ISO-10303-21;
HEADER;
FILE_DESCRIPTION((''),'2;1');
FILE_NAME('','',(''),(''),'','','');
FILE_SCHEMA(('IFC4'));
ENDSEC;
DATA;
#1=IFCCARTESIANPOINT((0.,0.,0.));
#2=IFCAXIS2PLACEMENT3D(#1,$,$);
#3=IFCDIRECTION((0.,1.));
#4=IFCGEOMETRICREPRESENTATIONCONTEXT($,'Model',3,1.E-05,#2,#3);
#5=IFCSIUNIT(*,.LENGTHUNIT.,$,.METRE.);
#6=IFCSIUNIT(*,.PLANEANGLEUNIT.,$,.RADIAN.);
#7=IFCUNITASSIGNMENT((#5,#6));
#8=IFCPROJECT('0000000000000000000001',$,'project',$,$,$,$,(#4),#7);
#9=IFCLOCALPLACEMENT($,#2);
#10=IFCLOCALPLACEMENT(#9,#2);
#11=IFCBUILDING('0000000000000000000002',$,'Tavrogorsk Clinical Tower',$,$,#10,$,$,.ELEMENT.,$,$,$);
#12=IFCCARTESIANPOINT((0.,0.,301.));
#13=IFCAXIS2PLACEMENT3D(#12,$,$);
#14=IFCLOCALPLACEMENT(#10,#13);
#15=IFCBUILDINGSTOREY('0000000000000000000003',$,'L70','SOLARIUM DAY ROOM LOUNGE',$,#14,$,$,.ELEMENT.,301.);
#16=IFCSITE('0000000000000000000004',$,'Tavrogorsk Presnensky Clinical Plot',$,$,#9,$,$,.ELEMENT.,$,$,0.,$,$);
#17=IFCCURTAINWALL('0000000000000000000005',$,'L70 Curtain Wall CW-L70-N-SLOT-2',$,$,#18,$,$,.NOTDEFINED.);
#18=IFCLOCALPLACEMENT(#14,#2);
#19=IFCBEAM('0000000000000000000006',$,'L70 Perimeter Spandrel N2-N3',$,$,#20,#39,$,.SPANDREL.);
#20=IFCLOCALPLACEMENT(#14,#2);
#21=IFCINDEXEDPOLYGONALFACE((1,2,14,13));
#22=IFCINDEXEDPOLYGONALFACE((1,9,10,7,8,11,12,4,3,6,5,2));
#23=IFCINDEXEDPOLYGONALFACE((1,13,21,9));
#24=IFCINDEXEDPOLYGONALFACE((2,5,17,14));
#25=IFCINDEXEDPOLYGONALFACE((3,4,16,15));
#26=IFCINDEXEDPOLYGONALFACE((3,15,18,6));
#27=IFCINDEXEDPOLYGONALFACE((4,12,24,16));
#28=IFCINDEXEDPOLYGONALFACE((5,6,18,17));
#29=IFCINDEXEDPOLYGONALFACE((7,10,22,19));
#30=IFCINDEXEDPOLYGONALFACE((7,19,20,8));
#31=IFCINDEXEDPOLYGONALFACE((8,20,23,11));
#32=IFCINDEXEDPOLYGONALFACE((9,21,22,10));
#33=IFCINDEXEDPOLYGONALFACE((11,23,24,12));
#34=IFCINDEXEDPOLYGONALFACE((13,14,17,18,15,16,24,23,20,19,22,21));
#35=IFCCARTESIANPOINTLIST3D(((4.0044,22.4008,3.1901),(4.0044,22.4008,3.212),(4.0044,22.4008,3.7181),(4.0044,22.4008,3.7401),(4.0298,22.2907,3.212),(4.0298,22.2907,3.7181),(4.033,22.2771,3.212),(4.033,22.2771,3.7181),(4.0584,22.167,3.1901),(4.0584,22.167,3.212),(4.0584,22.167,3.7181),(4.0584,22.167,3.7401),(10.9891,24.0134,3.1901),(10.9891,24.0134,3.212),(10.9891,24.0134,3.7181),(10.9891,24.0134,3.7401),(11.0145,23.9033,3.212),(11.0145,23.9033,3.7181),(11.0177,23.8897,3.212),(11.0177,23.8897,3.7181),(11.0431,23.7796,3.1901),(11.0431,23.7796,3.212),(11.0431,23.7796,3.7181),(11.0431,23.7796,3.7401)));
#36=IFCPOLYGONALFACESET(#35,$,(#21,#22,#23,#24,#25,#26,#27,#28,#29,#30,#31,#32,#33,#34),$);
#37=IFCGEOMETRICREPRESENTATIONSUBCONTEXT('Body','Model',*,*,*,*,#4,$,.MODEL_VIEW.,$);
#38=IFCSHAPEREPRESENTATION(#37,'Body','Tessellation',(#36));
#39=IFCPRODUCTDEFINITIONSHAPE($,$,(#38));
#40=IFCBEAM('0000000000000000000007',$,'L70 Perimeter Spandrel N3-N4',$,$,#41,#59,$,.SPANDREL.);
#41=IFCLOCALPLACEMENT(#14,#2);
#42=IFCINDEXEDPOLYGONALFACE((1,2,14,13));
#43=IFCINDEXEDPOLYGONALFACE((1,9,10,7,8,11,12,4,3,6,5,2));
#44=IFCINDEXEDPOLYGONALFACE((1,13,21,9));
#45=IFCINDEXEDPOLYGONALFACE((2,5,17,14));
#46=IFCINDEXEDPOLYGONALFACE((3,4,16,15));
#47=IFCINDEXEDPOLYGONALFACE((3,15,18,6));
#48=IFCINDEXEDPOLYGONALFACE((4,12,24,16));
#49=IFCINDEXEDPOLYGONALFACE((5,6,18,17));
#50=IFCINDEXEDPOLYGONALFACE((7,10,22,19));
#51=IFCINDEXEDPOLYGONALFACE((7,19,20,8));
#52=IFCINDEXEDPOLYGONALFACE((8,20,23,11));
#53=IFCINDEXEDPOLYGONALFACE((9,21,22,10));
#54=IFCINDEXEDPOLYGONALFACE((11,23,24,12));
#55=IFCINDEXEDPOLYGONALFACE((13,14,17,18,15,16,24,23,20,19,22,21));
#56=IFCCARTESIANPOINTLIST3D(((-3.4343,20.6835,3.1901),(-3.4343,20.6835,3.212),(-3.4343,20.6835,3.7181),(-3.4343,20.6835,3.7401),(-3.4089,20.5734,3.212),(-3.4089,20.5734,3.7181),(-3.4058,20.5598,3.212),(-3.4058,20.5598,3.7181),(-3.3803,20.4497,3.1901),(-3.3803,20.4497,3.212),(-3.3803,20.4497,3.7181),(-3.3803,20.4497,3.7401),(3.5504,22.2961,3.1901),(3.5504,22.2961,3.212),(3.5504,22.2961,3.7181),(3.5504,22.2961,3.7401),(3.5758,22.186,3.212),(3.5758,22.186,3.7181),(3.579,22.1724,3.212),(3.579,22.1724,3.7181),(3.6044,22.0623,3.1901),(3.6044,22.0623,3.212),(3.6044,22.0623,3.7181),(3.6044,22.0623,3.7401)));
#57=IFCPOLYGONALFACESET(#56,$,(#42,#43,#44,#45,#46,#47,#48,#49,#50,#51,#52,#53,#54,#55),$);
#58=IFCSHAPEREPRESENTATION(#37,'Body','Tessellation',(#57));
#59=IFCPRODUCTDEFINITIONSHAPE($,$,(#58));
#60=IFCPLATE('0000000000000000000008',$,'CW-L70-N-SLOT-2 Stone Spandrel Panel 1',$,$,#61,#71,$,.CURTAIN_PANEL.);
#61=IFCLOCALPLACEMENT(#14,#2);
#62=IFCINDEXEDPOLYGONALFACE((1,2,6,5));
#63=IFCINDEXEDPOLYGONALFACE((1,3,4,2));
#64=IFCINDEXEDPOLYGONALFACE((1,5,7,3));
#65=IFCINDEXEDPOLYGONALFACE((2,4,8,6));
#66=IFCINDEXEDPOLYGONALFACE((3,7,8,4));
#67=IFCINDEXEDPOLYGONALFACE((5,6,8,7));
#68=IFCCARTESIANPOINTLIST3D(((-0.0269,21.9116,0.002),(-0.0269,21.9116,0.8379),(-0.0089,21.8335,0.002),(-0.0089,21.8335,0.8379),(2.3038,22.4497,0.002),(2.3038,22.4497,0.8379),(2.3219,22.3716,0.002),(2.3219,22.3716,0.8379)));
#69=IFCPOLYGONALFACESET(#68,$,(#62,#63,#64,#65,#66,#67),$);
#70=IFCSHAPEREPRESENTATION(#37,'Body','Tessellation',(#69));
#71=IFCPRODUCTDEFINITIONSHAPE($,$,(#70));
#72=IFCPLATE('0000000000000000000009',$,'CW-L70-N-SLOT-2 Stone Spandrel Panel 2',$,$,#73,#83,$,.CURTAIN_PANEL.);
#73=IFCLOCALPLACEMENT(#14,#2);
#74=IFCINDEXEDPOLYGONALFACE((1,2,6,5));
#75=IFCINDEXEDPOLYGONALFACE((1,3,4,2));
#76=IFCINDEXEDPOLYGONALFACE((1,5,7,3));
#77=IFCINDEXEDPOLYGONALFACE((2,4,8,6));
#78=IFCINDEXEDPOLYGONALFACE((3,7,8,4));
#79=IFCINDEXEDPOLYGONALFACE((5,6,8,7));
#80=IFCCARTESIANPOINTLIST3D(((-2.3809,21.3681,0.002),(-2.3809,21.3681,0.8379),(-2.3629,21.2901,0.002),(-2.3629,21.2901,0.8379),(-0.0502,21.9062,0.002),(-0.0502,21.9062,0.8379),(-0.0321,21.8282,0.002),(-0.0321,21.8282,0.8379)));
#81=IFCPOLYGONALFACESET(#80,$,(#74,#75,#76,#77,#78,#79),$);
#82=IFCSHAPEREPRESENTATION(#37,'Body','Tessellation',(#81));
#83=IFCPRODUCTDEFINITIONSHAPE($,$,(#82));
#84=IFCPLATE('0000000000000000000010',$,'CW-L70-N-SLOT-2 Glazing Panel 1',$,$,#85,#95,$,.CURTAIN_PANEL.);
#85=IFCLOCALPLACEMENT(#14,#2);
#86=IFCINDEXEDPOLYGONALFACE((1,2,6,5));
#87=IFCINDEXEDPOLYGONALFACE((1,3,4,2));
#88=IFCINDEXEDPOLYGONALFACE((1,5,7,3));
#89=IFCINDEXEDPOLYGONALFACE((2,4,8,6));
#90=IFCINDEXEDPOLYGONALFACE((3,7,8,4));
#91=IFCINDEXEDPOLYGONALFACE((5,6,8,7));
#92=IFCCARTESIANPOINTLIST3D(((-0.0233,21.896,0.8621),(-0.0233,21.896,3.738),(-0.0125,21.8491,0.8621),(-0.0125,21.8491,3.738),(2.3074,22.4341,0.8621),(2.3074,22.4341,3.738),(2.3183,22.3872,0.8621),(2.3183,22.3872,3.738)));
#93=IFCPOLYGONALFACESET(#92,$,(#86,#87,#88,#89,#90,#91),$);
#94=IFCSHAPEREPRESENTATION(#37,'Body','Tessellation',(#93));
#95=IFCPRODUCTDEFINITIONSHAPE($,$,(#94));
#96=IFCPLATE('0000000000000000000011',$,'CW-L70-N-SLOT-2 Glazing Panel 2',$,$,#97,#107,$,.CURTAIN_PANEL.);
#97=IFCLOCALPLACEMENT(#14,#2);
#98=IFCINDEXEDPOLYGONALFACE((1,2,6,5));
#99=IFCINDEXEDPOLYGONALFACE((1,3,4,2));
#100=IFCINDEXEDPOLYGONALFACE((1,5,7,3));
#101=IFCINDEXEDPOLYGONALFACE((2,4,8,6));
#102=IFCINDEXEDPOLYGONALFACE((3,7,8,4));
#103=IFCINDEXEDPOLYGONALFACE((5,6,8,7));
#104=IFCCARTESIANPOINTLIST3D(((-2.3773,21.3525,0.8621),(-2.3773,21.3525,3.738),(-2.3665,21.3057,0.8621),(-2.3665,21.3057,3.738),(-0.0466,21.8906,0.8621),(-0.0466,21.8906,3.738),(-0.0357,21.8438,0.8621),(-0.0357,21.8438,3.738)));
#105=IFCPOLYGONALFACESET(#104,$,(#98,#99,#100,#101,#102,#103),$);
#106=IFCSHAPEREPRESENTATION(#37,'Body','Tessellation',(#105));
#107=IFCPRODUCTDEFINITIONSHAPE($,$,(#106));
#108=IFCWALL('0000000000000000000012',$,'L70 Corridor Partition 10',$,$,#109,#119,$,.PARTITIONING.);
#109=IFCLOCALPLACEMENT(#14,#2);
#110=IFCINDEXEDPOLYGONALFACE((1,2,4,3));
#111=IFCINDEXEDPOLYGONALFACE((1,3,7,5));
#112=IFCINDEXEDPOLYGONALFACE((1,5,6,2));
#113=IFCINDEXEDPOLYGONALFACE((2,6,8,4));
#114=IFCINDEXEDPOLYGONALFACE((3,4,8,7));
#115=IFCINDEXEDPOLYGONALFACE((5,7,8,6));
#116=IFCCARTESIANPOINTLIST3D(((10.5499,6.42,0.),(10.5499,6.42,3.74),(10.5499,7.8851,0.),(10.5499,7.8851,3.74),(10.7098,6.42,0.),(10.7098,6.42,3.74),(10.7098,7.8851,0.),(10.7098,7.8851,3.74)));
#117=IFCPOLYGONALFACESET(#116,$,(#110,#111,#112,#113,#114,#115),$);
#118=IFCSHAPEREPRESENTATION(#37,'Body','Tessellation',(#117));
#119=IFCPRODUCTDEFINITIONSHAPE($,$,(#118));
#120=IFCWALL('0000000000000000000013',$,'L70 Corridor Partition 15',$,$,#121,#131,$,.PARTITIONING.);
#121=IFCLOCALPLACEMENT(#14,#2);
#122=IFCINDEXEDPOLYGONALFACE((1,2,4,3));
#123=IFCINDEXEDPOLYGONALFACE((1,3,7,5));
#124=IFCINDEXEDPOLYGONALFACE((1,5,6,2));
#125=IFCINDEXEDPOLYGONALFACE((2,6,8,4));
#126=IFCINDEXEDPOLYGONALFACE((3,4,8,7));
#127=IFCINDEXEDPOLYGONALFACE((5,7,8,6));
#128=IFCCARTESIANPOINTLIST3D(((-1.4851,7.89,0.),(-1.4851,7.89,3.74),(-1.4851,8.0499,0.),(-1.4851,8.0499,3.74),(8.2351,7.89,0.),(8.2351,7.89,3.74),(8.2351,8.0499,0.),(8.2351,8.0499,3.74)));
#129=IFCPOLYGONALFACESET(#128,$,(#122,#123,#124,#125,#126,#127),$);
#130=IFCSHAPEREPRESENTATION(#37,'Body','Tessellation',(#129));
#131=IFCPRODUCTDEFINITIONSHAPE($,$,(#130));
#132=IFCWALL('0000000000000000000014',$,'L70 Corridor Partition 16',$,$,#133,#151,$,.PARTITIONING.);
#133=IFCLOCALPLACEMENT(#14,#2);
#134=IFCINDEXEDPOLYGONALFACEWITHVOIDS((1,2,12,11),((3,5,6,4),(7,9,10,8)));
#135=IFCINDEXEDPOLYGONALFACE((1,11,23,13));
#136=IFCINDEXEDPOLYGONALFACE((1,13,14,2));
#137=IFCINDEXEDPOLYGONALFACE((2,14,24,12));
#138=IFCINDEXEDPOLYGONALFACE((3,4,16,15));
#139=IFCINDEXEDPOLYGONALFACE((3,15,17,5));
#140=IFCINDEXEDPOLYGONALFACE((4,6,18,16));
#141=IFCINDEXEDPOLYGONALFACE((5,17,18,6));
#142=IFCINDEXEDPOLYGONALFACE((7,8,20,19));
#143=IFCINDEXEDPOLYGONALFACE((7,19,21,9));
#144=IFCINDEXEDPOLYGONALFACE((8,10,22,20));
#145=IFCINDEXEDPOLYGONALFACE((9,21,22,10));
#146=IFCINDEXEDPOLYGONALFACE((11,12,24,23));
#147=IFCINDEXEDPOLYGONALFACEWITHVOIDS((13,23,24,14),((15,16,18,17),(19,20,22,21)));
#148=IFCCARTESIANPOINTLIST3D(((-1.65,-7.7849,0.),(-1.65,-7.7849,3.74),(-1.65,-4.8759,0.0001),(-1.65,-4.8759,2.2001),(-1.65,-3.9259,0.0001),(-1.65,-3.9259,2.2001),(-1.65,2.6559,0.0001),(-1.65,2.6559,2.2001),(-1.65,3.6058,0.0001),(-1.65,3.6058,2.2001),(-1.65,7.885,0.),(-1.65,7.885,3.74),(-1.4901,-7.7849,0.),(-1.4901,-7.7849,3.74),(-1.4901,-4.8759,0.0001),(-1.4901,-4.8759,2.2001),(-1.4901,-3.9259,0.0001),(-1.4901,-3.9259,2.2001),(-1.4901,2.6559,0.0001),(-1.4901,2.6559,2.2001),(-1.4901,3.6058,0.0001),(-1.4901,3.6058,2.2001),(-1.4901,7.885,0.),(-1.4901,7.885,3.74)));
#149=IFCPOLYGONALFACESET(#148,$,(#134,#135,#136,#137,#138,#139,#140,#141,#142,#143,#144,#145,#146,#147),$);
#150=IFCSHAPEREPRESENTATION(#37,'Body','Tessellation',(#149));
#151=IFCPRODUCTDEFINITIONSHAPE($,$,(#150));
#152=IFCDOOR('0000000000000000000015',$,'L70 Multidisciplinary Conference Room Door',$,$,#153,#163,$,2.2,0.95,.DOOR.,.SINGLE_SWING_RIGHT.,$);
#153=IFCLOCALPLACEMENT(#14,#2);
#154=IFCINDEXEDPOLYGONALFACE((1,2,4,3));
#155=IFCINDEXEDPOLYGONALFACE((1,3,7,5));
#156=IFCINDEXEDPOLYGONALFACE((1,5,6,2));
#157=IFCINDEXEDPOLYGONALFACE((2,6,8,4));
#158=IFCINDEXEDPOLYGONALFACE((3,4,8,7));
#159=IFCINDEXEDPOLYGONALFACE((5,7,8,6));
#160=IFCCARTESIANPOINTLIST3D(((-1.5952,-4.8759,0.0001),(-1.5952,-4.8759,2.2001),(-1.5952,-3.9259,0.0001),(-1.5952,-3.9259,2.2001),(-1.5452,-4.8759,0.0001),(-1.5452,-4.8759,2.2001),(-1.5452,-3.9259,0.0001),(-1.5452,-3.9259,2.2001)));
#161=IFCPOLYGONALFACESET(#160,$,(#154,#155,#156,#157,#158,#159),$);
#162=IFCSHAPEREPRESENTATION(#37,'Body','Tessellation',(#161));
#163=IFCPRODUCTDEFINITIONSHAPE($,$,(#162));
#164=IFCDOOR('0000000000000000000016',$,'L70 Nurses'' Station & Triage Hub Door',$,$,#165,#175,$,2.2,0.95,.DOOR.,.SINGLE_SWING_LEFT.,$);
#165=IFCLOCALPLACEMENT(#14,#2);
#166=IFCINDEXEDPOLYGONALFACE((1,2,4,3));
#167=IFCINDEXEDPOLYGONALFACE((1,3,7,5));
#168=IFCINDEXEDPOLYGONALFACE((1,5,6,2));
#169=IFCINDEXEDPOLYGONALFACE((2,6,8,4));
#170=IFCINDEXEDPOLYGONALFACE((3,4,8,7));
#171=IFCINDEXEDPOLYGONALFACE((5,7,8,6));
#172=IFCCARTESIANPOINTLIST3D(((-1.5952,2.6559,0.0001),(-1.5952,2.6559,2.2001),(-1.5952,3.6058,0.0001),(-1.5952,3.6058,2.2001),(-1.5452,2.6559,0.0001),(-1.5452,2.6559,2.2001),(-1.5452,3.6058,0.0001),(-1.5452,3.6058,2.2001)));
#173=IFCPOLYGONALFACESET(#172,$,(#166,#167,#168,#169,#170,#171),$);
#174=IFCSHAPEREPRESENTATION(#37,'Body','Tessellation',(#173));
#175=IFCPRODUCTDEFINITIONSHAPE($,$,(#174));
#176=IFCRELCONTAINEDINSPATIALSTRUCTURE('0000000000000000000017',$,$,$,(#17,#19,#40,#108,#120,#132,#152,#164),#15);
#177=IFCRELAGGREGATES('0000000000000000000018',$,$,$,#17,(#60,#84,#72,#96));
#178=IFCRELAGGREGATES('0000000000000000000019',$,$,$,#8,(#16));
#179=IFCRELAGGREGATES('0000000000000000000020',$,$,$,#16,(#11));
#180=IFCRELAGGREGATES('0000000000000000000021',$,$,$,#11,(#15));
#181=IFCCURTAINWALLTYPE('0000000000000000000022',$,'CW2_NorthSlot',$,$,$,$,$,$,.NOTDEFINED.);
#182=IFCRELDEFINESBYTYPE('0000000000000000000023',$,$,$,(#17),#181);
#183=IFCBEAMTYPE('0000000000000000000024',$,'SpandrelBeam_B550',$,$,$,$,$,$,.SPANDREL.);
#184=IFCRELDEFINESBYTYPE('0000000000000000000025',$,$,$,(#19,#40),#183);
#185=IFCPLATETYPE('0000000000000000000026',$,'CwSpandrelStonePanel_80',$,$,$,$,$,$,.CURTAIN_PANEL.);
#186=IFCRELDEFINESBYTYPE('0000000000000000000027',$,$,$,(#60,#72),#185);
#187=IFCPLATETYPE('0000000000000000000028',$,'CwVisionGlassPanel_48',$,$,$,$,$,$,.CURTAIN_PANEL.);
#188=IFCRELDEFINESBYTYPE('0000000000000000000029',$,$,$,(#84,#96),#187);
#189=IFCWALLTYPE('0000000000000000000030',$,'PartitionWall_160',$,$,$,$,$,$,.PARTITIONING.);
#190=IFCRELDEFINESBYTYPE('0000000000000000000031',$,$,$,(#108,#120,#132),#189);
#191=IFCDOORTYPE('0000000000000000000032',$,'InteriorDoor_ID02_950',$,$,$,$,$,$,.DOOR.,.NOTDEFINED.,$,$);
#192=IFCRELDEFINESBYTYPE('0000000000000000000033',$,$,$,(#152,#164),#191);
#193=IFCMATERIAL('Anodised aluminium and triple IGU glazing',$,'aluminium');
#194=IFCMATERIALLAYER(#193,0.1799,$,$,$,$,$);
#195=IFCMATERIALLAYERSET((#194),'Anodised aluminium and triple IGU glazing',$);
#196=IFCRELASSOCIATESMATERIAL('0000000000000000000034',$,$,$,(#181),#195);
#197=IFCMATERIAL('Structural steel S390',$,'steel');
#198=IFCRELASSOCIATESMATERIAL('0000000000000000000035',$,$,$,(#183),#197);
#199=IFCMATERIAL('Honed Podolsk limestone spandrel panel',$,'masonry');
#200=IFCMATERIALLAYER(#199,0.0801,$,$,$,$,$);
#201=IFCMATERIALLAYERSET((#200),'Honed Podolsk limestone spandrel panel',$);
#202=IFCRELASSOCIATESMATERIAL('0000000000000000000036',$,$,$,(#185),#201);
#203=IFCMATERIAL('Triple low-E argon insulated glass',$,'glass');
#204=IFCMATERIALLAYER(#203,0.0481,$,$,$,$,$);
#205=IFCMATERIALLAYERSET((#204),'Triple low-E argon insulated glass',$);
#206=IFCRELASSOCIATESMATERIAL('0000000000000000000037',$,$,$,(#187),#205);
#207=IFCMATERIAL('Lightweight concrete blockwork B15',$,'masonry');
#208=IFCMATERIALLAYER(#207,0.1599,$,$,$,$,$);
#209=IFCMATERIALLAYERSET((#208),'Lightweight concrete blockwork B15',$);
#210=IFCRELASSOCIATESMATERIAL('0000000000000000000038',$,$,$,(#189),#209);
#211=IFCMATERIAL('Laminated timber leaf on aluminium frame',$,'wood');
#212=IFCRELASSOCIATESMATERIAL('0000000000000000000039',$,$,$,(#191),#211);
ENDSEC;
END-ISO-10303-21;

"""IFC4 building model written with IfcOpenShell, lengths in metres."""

from ifc_helpers import new_model, si_unit, direction, frame, frame_2d, origin, origin_2d, place, context, subcontext, project, spatial, rectangle, i_section, extrude, material, layer, layer_set, material_profile, profile_set, type_object, element, fill, aggregate, save


model = new_model("IFC4")

# Units and contexts
model_context = context("Model", 3, precision=1e-05, world=origin(), true_north=direction((0.0, 1.0)))
body_context = subcontext(model_context, "Body", "Model", "MODEL_VIEW")
ifc_project = project(units=[si_unit("LENGTHUNIT", "METRE"), si_unit("PLANEANGLEUNIT", "RADIAN")], contexts=[model_context])

# Site, building, storey
site_placement = place(None, origin())
site = spatial("IfcSite", under=ifc_project, at=site_placement, Name="Tavrogorsk Presnensky Clinical Plot", CompositionType="ELEMENT", RefElevation=0.0)
building_placement = place(site_placement, origin())
building = spatial("IfcBuilding", under=site, at=building_placement, Name="Tavrogorsk Clinical Tower", CompositionType="ELEMENT")
storey_placement = place(building_placement, frame((0.0, 0.0, 301.0)))
storey = spatial("IfcBuildingStorey", under=building, at=storey_placement, Name="L70", Description="SOLARIUM DAY ROOM LOUNGE", CompositionType="ELEMENT", Elevation=301.0)

# Curtain wall
ifc_material_1 = material(Name="Anodised aluminium and triple IGU glazing", Category="aluminium")
ifc_layer_1 = layer(ifc_material_1, 0.1799)
ifc_layer_set_1 = layer_set([ifc_layer_1], Name="Anodised aluminium and triple IGU glazing")
curtain_wall_type = type_object("IfcCurtainWallType", Name="CW2_NorthSlot", PredefinedType="NOTDEFINED", material=ifc_layer_set_1)
curtain_wall_placement = place(storey_placement, origin())
curtain_wall = element("IfcCurtainWall", 1, at=curtain_wall_placement, inside=storey, type_object=curtain_wall_type, Name="L70 Curtain Wall CW-L70-N-SLOT-2", PredefinedType="NOTDEFINED")

# Beams
ifc_material_2 = material(Name="Structural steel S390", Category="steel")
ifc_material_profile_1 = material_profile(ifc_material_2, i_section(OverallWidth=0.24, OverallDepth=0.55, WebThickness=0.0139, FlangeThickness=0.022, at=origin_2d()), Name="B-550x240x14x22")
ifc_profile_set_1 = profile_set([ifc_material_profile_1], Name="Structural steel S390")
beam_type_1 = type_object("IfcBeamType", Name="SpandrelBeam_B550", PredefinedType="SPANDREL", material=ifc_profile_set_1)
for number, where, z_axis, x_axis, name in (
    (2, (11.0161, 23.8965, 3.4651), (-0.974369, -0.224954, 0.0), (0.224954, -0.974369, 0.0), "L70 Perimeter Spandrel N2-N3"),
    (3, (3.5774, 22.1792, 3.4651), (-0.974369, -0.224954, 0.0), (0.224954, -0.974369, 0.0), "L70 Perimeter Spandrel N3-N4"),
):
    element("IfcBeam", number, at=place(storey_placement, frame(where, z_axis=z_axis, x_axis=x_axis)), inside=storey, type_object=beam_type_1, Name=name, PredefinedType="SPANDREL", context=body_context, shape_type="SweptSolid", body=[
        extrude(i_section(OverallWidth=0.24, OverallDepth=0.55, WebThickness=0.0139, FlangeThickness=0.022, at=origin_2d()), origin(), (0.0, 0.0, 1.0), 7.1685),
    ])

# Plates
ifc_material_3 = material(Name="Honed Podolsk limestone spandrel panel", Category="masonry")
ifc_layer_2 = layer(ifc_material_3, 0.0801)
ifc_layer_set_2 = layer_set([ifc_layer_2], Name="Honed Podolsk limestone spandrel panel")
plate_type_1 = type_object("IfcPlateType", Name="CwSpandrelStonePanel_80", PredefinedType="CURTAIN_PANEL", material=ifc_layer_set_2)
plate_1_placement = place(storey_placement, frame((1.1475, 22.1416, 0.002), z_axis=(0.0, 0.0, 1.0), x_axis=(-0.97437, -0.224951, 0.0)))
plate_1 = element("IfcPlate", 4, at=plate_1_placement, type_object=plate_type_1, Name="CW-L70-N-SLOT-2 Stone Spandrel Panel 1", PredefinedType="CURTAIN_PANEL", context=body_context, shape_type="SweptSolid", body=[
    extrude(rectangle(XDim=2.3921, YDim=0.0801, at=origin_2d()), origin(), (0.0, 0.0, 1.0), 0.8359),
])
plate_2_placement = place(storey_placement, frame((-1.2065, 21.5981, 0.002), z_axis=(0.0, 0.0, 1.0), x_axis=(-0.97437, -0.224951, 0.0)))
plate_2 = element("IfcPlate", 5, at=plate_2_placement, type_object=plate_type_1, Name="CW-L70-N-SLOT-2 Stone Spandrel Panel 2", PredefinedType="CURTAIN_PANEL", context=body_context, shape_type="SweptSolid", body=[
    extrude(rectangle(XDim=2.3921, YDim=0.0801, at=origin_2d()), origin(), (0.0, 0.0, 1.0), 0.8359),
])
ifc_material_4 = material(Name="Triple low-E argon insulated glass", Category="glass")
ifc_layer_3 = layer(ifc_material_4, 0.0481)
ifc_layer_set_3 = layer_set([ifc_layer_3], Name="Triple low-E argon insulated glass")
plate_type_2 = type_object("IfcPlateType", Name="CwVisionGlassPanel_48", PredefinedType="CURTAIN_PANEL", material=ifc_layer_set_3)
plate_3_placement = place(storey_placement, frame((1.1475, 22.1416, 0.8621), z_axis=(0.0, 0.0, 1.0), x_axis=(-0.97437, -0.224951, 0.0)))
plate_3 = element("IfcPlate", 6, at=plate_3_placement, type_object=plate_type_2, Name="CW-L70-N-SLOT-2 Glazing Panel 1", PredefinedType="CURTAIN_PANEL", context=body_context, shape_type="SweptSolid", body=[
    extrude(rectangle(XDim=2.3921, YDim=0.0481, at=origin_2d()), origin(), (0.0, 0.0, 1.0), 2.876),
])
plate_4_placement = place(storey_placement, frame((-1.2065, 21.5981, 0.8621), z_axis=(0.0, 0.0, 1.0), x_axis=(-0.97437, -0.224951, 0.0)))
plate_4 = element("IfcPlate", 7, at=plate_4_placement, type_object=plate_type_2, Name="CW-L70-N-SLOT-2 Glazing Panel 2", PredefinedType="CURTAIN_PANEL", context=body_context, shape_type="SweptSolid", body=[
    extrude(rectangle(XDim=2.3921, YDim=0.0481, at=origin_2d()), origin(), (0.0, 0.0, 1.0), 2.876),
])
aggregate(curtain_wall, [plate_1, plate_3, plate_2, plate_4])

# Walls
ifc_material_5 = material(Name="Lightweight concrete blockwork B15", Category="masonry")
ifc_layer_4 = layer(ifc_material_5, 0.1599)
ifc_layer_set_4 = layer_set([ifc_layer_4], Name="Lightweight concrete blockwork B15")
wall_type = type_object("IfcWallType", Name="PartitionWall_160", PredefinedType="PARTITIONING", material=ifc_layer_set_4)
wall_1_placement = place(storey_placement, frame((10.6299, 7.885, 0.0), z_axis=(0.0, 0.0, 1.0), x_axis=(0.0, -1.0, 0.0)))
element("IfcWall", 8, at=wall_1_placement, inside=storey, type_object=wall_type, Name="L70 Corridor Partition 10", PredefinedType="PARTITIONING", context=body_context, shape_type="SweptSolid", body=[
    extrude(rectangle(XDim=1.4651, YDim=0.1599, at=frame_2d((0.7324, 0.0))), origin(), (0.0, 0.0, 1.0), 3.74),
])
wall_2_placement = place(storey_placement, frame((8.2351, 7.97, 0.0), z_axis=(0.0, 0.0, 1.0), x_axis=(-1.0, 0.0, 0.0)))
element("IfcWall", 9, at=wall_2_placement, inside=storey, type_object=wall_type, Name="L70 Corridor Partition 15", PredefinedType="PARTITIONING", context=body_context, shape_type="SweptSolid", body=[
    extrude(rectangle(XDim=9.7202, YDim=0.1599, at=frame_2d((4.8601, 0.0))), origin(), (0.0, 0.0, 1.0), 3.74),
])

# Wall, openings, doors
wall_3_placement = place(storey_placement, frame((-1.5701, 7.885, 0.0), z_axis=(0.0, 0.0, 1.0), x_axis=(0.0, -1.0, 0.0)))
wall_3 = element("IfcWall", 10, at=wall_3_placement, inside=storey, type_object=wall_type, Name="L70 Corridor Partition 16", PredefinedType="PARTITIONING", context=body_context, shape_type="SweptSolid", body=[
    extrude(rectangle(XDim=15.6699, YDim=0.1599, at=frame_2d((7.835, 0.0))), origin(), (0.0, 0.0, 1.0), 3.74),
])
opening_1_placement = place(wall_3_placement, frame((11.8108, 0.0, 0.0)))
opening_1 = element("IfcOpeningElement", 11, at=opening_1_placement, cuts=wall_3, PredefinedType="OPENING", context=body_context, shape_type="SweptSolid", body=[
    extrude(rectangle(XDim=0.95, YDim=2.2, at=frame_2d((0.4751, 1.1001))), frame((0.0, 0.0898, 0.0), z_axis=(0.0, -1.0, 0.0), x_axis=(1.0, 0.0, 0.0)), (0.0, 0.0, 1.0), 0.1799),
])
opening_2_placement = place(wall_3_placement, frame((4.2791, 0.0, 0.0)))
opening_2 = element("IfcOpeningElement", 12, at=opening_2_placement, cuts=wall_3, PredefinedType="OPENING", context=body_context, shape_type="SweptSolid", body=[
    extrude(rectangle(XDim=0.95, YDim=2.2, at=frame_2d((0.4751, 1.1001))), frame((0.0, 0.0898, 0.0), z_axis=(0.0, -1.0, 0.0), x_axis=(1.0, 0.0, 0.0)), (0.0, 0.0, 1.0), 0.1799),
])
ifc_material_6 = material(Name="Laminated timber leaf on aluminium frame", Category="wood")
door_type = type_object("IfcDoorType", Name="InteriorDoor_ID02_950", OperationType="NOTDEFINED", PredefinedType="DOOR", material=ifc_material_6)
door_1_placement = place(opening_1_placement, origin())
door_1 = element("IfcDoor", 13, at=door_1_placement, inside=storey, type_object=door_type, Name="L70 Multidisciplinary Conference Room Door", OperationType="SINGLE_SWING_RIGHT", OverallHeight=2.2, OverallWidth=0.95, PredefinedType="DOOR", context=body_context, shape_type="SweptSolid", body=[
    extrude(rectangle(XDim=0.95, YDim=2.2, at=frame_2d((0.4751, 1.1001))), frame((0.0, 0.0249, 0.0), z_axis=(0.0, -1.0, 0.0), x_axis=(1.0, 0.0, 0.0)), (0.0, 0.0, 1.0), 0.05),
])
fill(opening_1, door_1)
door_2_placement = place(opening_2_placement, origin())
door_2 = element("IfcDoor", 14, at=door_2_placement, inside=storey, type_object=door_type, Name="L70 Nurses' Station & Triage Hub Door", OperationType="SINGLE_SWING_LEFT", OverallHeight=2.2, OverallWidth=0.95, PredefinedType="DOOR", context=body_context, shape_type="SweptSolid", body=[
    extrude(rectangle(XDim=0.95, YDim=2.2, at=frame_2d((0.4751, 1.1001))), frame((0.0, 0.0249, 0.0), z_axis=(0.0, -1.0, 0.0), x_axis=(1.0, 0.0, 0.0)), (0.0, 0.0, 1.0), 0.05),
])
fill(opening_2, door_2)

save(model, "model.ifc")
